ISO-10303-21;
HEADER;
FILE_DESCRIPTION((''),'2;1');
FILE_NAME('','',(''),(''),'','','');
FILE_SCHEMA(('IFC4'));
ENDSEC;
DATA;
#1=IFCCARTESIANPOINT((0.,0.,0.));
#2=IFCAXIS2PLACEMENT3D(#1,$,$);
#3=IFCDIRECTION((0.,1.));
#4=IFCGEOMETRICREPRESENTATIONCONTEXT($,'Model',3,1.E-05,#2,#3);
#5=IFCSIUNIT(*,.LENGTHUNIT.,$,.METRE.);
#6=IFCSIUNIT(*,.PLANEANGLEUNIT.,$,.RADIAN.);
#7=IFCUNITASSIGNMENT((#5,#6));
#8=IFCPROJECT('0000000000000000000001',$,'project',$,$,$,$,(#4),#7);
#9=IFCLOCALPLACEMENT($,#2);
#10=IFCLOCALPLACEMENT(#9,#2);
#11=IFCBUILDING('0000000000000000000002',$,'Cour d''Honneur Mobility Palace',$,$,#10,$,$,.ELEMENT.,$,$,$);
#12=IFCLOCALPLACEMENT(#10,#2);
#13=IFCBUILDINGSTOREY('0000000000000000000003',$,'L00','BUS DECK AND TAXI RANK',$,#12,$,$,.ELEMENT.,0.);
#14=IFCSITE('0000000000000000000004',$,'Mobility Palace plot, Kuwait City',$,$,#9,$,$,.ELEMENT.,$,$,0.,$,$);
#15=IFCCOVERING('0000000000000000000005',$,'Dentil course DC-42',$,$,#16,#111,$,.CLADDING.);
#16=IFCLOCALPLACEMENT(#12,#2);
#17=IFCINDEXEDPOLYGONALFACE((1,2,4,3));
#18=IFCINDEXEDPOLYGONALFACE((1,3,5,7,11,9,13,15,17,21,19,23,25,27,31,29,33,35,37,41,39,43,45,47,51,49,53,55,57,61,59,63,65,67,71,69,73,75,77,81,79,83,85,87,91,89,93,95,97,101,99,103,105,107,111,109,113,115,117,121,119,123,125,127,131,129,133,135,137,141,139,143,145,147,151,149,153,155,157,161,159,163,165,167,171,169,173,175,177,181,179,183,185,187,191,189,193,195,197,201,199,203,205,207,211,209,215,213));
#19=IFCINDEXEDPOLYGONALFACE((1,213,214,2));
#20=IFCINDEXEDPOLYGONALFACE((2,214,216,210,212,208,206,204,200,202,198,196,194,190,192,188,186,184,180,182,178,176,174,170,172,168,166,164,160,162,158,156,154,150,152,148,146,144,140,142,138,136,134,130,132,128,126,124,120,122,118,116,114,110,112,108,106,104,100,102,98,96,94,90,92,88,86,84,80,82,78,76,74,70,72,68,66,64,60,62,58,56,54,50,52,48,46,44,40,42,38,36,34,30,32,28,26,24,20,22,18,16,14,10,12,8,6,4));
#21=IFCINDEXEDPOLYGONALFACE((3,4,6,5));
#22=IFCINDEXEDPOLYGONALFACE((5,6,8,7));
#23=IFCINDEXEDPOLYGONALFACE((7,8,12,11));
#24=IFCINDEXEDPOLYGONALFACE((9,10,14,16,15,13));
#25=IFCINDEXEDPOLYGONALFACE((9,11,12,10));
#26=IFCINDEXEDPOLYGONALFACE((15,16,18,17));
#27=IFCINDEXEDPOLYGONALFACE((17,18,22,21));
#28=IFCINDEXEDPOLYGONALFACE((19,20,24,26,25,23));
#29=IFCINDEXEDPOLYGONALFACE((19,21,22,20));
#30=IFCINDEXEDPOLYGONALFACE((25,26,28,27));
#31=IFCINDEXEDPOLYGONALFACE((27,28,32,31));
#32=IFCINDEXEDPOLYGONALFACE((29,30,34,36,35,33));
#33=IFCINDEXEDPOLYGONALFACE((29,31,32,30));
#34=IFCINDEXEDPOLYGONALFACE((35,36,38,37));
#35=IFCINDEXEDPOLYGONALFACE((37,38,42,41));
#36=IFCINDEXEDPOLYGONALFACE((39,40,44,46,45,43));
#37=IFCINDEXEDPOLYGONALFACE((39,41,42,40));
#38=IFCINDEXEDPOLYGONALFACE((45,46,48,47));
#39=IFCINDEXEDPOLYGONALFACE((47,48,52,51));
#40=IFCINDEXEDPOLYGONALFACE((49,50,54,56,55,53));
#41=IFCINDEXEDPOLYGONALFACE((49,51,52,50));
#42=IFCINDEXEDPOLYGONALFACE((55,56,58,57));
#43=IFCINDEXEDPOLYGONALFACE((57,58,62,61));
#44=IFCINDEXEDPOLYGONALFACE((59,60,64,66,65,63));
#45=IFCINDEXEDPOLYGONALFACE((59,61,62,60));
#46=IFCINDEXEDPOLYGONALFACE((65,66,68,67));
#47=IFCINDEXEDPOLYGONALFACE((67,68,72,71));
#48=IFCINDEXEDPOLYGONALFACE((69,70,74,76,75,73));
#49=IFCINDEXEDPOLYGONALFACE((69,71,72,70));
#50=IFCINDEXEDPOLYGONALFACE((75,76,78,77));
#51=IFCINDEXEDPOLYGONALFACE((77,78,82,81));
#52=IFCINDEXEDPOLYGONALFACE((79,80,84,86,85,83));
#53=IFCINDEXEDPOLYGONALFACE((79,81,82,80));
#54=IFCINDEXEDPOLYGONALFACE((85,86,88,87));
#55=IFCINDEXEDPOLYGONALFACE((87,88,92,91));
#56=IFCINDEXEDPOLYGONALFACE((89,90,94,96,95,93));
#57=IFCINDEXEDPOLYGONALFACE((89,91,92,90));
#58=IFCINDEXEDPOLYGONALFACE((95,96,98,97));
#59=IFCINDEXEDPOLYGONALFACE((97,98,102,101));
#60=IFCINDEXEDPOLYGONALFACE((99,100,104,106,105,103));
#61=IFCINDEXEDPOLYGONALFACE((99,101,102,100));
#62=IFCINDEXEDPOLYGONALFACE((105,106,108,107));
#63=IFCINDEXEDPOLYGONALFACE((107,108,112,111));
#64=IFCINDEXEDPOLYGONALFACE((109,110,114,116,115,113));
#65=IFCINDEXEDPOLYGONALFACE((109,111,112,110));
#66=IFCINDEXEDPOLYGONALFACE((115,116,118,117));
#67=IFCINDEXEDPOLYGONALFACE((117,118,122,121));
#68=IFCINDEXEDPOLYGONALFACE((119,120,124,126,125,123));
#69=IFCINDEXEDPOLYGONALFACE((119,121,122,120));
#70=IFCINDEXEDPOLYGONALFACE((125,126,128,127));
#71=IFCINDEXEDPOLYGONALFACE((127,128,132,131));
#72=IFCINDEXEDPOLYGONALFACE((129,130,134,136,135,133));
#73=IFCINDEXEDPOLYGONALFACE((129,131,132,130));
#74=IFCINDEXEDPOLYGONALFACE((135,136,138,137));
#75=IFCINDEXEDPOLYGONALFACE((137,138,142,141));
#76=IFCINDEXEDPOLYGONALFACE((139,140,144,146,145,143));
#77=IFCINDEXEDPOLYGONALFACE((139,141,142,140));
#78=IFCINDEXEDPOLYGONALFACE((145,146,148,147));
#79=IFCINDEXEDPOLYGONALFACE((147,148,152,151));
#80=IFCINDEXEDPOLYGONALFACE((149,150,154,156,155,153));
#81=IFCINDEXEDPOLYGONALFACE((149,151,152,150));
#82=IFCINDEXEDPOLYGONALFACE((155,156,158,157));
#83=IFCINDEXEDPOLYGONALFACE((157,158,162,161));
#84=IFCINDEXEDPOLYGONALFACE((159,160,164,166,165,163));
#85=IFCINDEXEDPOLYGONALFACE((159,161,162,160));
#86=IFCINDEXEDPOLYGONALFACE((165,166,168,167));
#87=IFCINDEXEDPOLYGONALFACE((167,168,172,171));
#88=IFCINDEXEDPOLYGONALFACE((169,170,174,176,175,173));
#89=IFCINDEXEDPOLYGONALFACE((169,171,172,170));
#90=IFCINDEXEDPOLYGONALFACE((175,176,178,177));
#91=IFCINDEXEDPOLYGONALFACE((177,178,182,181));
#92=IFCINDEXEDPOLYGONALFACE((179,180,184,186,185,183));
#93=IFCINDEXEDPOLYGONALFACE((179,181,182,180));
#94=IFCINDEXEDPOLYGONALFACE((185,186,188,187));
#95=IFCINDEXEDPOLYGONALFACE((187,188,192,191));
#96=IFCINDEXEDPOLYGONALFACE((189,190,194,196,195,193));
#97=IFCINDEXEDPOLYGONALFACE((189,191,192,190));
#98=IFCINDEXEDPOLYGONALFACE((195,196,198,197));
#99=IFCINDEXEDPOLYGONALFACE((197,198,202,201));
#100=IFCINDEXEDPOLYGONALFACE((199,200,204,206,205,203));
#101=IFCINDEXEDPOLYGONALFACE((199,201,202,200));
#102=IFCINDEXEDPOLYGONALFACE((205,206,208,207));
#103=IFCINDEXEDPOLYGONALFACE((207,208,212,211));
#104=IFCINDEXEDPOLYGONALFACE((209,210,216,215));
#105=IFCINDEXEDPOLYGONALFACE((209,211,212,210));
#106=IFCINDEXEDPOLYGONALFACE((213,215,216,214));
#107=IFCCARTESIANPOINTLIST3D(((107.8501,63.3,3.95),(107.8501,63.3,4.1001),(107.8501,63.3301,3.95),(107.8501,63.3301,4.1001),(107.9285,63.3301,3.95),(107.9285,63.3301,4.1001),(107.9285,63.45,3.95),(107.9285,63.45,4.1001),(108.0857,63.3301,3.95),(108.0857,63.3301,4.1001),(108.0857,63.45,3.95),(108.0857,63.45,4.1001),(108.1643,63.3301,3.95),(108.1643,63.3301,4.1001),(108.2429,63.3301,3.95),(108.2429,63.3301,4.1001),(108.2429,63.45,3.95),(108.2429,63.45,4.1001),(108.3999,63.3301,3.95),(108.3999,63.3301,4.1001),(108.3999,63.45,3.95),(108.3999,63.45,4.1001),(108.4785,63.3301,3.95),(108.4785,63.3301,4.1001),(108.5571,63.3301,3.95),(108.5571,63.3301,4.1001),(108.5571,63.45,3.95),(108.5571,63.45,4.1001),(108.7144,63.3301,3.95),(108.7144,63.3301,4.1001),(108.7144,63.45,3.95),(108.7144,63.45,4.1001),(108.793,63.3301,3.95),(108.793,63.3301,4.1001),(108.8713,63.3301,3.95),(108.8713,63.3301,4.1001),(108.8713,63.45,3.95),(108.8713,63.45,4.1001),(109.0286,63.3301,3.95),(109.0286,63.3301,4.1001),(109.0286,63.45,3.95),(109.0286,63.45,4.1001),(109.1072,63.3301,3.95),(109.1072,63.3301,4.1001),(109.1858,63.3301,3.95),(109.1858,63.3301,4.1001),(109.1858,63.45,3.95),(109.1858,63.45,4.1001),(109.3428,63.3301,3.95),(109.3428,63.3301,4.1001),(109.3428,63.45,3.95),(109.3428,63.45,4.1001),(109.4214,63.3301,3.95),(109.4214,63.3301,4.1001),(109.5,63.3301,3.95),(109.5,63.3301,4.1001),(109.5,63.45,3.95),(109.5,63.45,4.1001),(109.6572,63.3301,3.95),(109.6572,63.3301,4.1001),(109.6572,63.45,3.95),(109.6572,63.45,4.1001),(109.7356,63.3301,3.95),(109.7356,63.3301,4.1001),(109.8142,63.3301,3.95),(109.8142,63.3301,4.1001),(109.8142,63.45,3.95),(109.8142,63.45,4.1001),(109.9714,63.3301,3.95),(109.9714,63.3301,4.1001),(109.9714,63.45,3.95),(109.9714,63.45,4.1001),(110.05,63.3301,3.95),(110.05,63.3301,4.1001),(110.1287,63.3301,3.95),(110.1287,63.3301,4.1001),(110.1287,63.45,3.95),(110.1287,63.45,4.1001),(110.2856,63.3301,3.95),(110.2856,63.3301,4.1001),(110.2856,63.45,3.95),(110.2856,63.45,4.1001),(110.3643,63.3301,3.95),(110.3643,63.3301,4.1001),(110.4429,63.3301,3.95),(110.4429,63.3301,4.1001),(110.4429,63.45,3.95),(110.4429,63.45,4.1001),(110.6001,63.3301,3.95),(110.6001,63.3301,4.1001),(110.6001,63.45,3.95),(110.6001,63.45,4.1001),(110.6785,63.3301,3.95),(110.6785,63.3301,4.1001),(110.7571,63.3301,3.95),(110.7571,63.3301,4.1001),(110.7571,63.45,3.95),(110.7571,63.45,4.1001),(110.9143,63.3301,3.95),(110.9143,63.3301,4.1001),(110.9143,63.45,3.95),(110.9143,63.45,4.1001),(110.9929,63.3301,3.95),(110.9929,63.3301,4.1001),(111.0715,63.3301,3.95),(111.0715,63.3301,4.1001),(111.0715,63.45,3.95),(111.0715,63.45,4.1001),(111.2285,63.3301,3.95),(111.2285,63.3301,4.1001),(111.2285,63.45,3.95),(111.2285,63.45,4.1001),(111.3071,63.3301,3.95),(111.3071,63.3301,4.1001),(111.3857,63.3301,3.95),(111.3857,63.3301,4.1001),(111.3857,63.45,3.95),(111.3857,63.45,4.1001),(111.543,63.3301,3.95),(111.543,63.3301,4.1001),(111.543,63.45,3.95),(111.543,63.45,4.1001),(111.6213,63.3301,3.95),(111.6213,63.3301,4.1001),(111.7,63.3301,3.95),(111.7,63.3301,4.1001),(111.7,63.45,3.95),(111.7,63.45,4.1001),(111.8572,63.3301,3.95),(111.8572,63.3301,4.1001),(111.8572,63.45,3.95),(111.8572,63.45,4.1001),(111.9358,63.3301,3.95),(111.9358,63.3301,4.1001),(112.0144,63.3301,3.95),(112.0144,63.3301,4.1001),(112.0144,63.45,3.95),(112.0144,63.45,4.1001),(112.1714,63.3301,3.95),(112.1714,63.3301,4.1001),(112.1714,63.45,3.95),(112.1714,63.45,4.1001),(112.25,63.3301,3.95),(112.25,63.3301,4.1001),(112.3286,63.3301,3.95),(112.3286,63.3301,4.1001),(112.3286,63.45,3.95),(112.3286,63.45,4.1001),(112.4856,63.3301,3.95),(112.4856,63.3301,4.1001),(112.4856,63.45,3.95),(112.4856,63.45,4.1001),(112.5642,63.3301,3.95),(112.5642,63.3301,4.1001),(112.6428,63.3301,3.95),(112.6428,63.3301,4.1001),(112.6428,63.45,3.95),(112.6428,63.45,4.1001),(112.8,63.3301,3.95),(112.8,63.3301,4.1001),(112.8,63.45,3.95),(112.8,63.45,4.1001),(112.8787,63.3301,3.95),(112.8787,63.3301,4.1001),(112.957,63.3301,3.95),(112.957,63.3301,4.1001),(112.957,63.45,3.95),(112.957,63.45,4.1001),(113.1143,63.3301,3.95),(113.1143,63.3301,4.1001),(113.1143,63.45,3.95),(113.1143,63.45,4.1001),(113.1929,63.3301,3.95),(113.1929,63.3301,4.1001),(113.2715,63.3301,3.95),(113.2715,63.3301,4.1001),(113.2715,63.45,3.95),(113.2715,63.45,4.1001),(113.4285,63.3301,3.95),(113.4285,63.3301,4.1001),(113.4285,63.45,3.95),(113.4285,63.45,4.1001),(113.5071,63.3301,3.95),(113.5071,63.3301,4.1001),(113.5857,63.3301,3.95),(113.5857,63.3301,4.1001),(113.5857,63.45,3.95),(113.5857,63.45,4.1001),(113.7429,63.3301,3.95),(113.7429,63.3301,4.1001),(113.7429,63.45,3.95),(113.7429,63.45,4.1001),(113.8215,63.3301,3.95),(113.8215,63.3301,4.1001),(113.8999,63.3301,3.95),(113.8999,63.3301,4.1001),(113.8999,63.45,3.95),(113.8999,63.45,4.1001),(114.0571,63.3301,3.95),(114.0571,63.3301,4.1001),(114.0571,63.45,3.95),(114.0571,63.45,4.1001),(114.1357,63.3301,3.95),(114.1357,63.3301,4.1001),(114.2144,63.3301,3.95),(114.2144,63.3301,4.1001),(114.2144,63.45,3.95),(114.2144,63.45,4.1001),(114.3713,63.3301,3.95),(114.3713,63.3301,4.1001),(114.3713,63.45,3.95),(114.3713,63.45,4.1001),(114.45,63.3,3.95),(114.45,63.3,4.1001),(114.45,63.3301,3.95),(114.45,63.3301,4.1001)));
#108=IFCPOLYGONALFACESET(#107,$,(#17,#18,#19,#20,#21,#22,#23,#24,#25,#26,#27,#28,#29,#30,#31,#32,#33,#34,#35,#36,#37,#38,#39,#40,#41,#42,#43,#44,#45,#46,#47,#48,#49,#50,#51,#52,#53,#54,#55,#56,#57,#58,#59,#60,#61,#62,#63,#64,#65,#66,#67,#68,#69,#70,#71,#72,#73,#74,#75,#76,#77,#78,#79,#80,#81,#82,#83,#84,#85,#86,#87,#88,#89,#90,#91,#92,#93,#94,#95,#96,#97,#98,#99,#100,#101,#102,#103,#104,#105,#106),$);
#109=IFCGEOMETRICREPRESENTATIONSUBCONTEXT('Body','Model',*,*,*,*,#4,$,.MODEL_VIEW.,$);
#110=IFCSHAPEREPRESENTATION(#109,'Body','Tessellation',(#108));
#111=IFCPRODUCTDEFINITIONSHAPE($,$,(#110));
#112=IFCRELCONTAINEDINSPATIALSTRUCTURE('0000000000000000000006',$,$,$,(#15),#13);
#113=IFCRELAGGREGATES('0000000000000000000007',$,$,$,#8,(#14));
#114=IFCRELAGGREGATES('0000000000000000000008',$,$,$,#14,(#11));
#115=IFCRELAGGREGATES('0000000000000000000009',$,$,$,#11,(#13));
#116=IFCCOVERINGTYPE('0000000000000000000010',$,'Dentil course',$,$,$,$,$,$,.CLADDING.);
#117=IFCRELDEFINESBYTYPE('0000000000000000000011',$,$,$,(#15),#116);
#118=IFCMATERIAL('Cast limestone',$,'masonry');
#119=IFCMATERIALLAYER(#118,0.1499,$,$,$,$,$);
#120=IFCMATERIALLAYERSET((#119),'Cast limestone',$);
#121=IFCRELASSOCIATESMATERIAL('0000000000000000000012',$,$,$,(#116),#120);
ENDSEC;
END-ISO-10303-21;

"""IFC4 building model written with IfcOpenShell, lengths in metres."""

from ifc_helpers import new_model, si_unit, direction, frame, origin, place, context, subcontext, project, spatial, polyline, outline, extrude, material, layer, layer_set, type_object, element, save


model = new_model("IFC4")

# Units and contexts
model_context = context("Model", 3, precision=1e-05, world=origin(), true_north=direction((0.0, 1.0)))
body_context = subcontext(model_context, "Body", "Model", "MODEL_VIEW")
ifc_project = project(units=[si_unit("LENGTHUNIT", "METRE"), si_unit("PLANEANGLEUNIT", "RADIAN")], contexts=[model_context])

# Site, building, storey
site_placement = place(None, origin())
site = spatial("IfcSite", under=ifc_project, at=site_placement, Name="Mobility Palace plot, Kuwait City", CompositionType="ELEMENT", RefElevation=0.0)
building_placement = place(site_placement, origin())
building = spatial("IfcBuilding", under=site, at=building_placement, Name="Cour d'Honneur Mobility Palace", CompositionType="ELEMENT")
storey_placement = place(building_placement, origin())
storey = spatial("IfcBuildingStorey", under=building, at=storey_placement, Name="L00", Description="BUS DECK AND TAXI RANK", CompositionType="ELEMENT", Elevation=0.0)

# Covering
ifc_material = material(Name="Cast limestone", Category="masonry")
ifc_layer = layer(ifc_material, 0.1499)
ifc_layer_set = layer_set([ifc_layer], Name="Cast limestone")
covering_type = type_object("IfcCoveringType", Name="Dentil course", PredefinedType="CLADDING", material=ifc_layer_set)
covering_1_placement = place(storey_placement, frame((0.0, 0.0, 3.95)))
element("IfcCovering", 1, at=covering_1_placement, inside=storey, type_object=covering_type, Name="Dentil course DC-42", PredefinedType="CLADDING", context=body_context, shape_type="SweptSolid", body=[
    extrude(outline(polyline([(114.45, 63.3), (107.8501, 63.3), (107.8501, 63.3301), (107.8501, 63.3301), (107.9285, 63.3301), (107.9285, 63.45), (108.0857, 63.45), (108.0857, 63.3301), (108.1643, 63.3301), (108.1643, 63.3301), (108.2429, 63.3301), (108.2429, 63.45), (108.3999, 63.45), (108.3999, 63.3301), (108.4785, 63.3301), (108.4785, 63.3301), (108.5571, 63.3301), (108.5571, 63.45), (108.7144, 63.45), (108.7144, 63.3301), (108.793, 63.3301), (108.793, 63.3301), (108.8713, 63.3301), (108.8713, 63.45), (109.0286, 63.45), (109.0286, 63.3301), (109.1072, 63.3301), (109.1072, 63.3301), (109.1858, 63.3301), (109.1858, 63.45), (109.3428, 63.45), (109.3428, 63.3301), (109.4214, 63.3301), (109.4214, 63.3301), (109.5, 63.3301), (109.5, 63.45), (109.6572, 63.45), (109.6572, 63.3301), (109.7356, 63.3301), (109.7356, 63.3301), (109.8142, 63.3301), (109.8142, 63.45), (109.9714, 63.45), (109.9714, 63.3301), (110.05, 63.3301), (110.05, 63.3301), (110.1287, 63.3301), (110.1287, 63.45), (110.2856, 63.45), (110.2856, 63.3301), (110.3643, 63.3301), (110.3643, 63.3301), (110.4429, 63.3301), (110.4429, 63.45), (110.6001, 63.45), (110.6001, 63.3301), (110.6785, 63.3301), (110.6785, 63.3301), (110.7571, 63.3301), (110.7571, 63.45), (110.9143, 63.45), (110.9143, 63.3301), (110.9929, 63.3301), (110.9929, 63.3301), (111.0715, 63.3301), (111.0715, 63.45), (111.2285, 63.45), (111.2285, 63.3301), (111.3071, 63.3301), (111.3071, 63.3301), (111.3857, 63.3301), (111.3857, 63.45), (111.543, 63.45), (111.543, 63.3301), (111.6213, 63.3301), (111.6213, 63.3301), (111.7, 63.3301), (111.7, 63.45), (111.8572, 63.45), (111.8572, 63.3301), (111.9358, 63.3301), (111.9358, 63.3301), (112.0144, 63.3301), (112.0144, 63.45), (112.1714, 63.45), (112.1714, 63.3301), (112.25, 63.3301), (112.25, 63.3301), (112.3286, 63.3301), (112.3286, 63.45), (112.4856, 63.45), (112.4856, 63.3301), (112.5642, 63.3301), (112.5642, 63.3301), (112.6428, 63.3301), (112.6428, 63.45), (112.8, 63.45), (112.8, 63.3301), (112.8787, 63.3301), (112.8787, 63.3301), (112.957, 63.3301), (112.957, 63.45), (113.1143, 63.45), (113.1143, 63.3301), (113.1929, 63.3301), (113.1929, 63.3301), (113.2715, 63.3301), (113.2715, 63.45), (113.4285, 63.45), (113.4285, 63.3301), (113.5071, 63.3301), (113.5071, 63.3301), (113.5857, 63.3301), (113.5857, 63.45), (113.7429, 63.45), (113.7429, 63.3301), (113.8215, 63.3301), (113.8215, 63.3301), (113.8999, 63.3301), (113.8999, 63.45), (114.0571, 63.45), (114.0571, 63.3301), (114.1357, 63.3301), (114.1357, 63.3301), (114.2144, 63.3301), (114.2144, 63.45), (114.3713, 63.45), (114.3713, 63.3301), (114.45, 63.3301), (114.45, 63.3)])), origin(), (0.0, 0.0, 1.0), 0.1501),
])

save(model, "model.ifc")
